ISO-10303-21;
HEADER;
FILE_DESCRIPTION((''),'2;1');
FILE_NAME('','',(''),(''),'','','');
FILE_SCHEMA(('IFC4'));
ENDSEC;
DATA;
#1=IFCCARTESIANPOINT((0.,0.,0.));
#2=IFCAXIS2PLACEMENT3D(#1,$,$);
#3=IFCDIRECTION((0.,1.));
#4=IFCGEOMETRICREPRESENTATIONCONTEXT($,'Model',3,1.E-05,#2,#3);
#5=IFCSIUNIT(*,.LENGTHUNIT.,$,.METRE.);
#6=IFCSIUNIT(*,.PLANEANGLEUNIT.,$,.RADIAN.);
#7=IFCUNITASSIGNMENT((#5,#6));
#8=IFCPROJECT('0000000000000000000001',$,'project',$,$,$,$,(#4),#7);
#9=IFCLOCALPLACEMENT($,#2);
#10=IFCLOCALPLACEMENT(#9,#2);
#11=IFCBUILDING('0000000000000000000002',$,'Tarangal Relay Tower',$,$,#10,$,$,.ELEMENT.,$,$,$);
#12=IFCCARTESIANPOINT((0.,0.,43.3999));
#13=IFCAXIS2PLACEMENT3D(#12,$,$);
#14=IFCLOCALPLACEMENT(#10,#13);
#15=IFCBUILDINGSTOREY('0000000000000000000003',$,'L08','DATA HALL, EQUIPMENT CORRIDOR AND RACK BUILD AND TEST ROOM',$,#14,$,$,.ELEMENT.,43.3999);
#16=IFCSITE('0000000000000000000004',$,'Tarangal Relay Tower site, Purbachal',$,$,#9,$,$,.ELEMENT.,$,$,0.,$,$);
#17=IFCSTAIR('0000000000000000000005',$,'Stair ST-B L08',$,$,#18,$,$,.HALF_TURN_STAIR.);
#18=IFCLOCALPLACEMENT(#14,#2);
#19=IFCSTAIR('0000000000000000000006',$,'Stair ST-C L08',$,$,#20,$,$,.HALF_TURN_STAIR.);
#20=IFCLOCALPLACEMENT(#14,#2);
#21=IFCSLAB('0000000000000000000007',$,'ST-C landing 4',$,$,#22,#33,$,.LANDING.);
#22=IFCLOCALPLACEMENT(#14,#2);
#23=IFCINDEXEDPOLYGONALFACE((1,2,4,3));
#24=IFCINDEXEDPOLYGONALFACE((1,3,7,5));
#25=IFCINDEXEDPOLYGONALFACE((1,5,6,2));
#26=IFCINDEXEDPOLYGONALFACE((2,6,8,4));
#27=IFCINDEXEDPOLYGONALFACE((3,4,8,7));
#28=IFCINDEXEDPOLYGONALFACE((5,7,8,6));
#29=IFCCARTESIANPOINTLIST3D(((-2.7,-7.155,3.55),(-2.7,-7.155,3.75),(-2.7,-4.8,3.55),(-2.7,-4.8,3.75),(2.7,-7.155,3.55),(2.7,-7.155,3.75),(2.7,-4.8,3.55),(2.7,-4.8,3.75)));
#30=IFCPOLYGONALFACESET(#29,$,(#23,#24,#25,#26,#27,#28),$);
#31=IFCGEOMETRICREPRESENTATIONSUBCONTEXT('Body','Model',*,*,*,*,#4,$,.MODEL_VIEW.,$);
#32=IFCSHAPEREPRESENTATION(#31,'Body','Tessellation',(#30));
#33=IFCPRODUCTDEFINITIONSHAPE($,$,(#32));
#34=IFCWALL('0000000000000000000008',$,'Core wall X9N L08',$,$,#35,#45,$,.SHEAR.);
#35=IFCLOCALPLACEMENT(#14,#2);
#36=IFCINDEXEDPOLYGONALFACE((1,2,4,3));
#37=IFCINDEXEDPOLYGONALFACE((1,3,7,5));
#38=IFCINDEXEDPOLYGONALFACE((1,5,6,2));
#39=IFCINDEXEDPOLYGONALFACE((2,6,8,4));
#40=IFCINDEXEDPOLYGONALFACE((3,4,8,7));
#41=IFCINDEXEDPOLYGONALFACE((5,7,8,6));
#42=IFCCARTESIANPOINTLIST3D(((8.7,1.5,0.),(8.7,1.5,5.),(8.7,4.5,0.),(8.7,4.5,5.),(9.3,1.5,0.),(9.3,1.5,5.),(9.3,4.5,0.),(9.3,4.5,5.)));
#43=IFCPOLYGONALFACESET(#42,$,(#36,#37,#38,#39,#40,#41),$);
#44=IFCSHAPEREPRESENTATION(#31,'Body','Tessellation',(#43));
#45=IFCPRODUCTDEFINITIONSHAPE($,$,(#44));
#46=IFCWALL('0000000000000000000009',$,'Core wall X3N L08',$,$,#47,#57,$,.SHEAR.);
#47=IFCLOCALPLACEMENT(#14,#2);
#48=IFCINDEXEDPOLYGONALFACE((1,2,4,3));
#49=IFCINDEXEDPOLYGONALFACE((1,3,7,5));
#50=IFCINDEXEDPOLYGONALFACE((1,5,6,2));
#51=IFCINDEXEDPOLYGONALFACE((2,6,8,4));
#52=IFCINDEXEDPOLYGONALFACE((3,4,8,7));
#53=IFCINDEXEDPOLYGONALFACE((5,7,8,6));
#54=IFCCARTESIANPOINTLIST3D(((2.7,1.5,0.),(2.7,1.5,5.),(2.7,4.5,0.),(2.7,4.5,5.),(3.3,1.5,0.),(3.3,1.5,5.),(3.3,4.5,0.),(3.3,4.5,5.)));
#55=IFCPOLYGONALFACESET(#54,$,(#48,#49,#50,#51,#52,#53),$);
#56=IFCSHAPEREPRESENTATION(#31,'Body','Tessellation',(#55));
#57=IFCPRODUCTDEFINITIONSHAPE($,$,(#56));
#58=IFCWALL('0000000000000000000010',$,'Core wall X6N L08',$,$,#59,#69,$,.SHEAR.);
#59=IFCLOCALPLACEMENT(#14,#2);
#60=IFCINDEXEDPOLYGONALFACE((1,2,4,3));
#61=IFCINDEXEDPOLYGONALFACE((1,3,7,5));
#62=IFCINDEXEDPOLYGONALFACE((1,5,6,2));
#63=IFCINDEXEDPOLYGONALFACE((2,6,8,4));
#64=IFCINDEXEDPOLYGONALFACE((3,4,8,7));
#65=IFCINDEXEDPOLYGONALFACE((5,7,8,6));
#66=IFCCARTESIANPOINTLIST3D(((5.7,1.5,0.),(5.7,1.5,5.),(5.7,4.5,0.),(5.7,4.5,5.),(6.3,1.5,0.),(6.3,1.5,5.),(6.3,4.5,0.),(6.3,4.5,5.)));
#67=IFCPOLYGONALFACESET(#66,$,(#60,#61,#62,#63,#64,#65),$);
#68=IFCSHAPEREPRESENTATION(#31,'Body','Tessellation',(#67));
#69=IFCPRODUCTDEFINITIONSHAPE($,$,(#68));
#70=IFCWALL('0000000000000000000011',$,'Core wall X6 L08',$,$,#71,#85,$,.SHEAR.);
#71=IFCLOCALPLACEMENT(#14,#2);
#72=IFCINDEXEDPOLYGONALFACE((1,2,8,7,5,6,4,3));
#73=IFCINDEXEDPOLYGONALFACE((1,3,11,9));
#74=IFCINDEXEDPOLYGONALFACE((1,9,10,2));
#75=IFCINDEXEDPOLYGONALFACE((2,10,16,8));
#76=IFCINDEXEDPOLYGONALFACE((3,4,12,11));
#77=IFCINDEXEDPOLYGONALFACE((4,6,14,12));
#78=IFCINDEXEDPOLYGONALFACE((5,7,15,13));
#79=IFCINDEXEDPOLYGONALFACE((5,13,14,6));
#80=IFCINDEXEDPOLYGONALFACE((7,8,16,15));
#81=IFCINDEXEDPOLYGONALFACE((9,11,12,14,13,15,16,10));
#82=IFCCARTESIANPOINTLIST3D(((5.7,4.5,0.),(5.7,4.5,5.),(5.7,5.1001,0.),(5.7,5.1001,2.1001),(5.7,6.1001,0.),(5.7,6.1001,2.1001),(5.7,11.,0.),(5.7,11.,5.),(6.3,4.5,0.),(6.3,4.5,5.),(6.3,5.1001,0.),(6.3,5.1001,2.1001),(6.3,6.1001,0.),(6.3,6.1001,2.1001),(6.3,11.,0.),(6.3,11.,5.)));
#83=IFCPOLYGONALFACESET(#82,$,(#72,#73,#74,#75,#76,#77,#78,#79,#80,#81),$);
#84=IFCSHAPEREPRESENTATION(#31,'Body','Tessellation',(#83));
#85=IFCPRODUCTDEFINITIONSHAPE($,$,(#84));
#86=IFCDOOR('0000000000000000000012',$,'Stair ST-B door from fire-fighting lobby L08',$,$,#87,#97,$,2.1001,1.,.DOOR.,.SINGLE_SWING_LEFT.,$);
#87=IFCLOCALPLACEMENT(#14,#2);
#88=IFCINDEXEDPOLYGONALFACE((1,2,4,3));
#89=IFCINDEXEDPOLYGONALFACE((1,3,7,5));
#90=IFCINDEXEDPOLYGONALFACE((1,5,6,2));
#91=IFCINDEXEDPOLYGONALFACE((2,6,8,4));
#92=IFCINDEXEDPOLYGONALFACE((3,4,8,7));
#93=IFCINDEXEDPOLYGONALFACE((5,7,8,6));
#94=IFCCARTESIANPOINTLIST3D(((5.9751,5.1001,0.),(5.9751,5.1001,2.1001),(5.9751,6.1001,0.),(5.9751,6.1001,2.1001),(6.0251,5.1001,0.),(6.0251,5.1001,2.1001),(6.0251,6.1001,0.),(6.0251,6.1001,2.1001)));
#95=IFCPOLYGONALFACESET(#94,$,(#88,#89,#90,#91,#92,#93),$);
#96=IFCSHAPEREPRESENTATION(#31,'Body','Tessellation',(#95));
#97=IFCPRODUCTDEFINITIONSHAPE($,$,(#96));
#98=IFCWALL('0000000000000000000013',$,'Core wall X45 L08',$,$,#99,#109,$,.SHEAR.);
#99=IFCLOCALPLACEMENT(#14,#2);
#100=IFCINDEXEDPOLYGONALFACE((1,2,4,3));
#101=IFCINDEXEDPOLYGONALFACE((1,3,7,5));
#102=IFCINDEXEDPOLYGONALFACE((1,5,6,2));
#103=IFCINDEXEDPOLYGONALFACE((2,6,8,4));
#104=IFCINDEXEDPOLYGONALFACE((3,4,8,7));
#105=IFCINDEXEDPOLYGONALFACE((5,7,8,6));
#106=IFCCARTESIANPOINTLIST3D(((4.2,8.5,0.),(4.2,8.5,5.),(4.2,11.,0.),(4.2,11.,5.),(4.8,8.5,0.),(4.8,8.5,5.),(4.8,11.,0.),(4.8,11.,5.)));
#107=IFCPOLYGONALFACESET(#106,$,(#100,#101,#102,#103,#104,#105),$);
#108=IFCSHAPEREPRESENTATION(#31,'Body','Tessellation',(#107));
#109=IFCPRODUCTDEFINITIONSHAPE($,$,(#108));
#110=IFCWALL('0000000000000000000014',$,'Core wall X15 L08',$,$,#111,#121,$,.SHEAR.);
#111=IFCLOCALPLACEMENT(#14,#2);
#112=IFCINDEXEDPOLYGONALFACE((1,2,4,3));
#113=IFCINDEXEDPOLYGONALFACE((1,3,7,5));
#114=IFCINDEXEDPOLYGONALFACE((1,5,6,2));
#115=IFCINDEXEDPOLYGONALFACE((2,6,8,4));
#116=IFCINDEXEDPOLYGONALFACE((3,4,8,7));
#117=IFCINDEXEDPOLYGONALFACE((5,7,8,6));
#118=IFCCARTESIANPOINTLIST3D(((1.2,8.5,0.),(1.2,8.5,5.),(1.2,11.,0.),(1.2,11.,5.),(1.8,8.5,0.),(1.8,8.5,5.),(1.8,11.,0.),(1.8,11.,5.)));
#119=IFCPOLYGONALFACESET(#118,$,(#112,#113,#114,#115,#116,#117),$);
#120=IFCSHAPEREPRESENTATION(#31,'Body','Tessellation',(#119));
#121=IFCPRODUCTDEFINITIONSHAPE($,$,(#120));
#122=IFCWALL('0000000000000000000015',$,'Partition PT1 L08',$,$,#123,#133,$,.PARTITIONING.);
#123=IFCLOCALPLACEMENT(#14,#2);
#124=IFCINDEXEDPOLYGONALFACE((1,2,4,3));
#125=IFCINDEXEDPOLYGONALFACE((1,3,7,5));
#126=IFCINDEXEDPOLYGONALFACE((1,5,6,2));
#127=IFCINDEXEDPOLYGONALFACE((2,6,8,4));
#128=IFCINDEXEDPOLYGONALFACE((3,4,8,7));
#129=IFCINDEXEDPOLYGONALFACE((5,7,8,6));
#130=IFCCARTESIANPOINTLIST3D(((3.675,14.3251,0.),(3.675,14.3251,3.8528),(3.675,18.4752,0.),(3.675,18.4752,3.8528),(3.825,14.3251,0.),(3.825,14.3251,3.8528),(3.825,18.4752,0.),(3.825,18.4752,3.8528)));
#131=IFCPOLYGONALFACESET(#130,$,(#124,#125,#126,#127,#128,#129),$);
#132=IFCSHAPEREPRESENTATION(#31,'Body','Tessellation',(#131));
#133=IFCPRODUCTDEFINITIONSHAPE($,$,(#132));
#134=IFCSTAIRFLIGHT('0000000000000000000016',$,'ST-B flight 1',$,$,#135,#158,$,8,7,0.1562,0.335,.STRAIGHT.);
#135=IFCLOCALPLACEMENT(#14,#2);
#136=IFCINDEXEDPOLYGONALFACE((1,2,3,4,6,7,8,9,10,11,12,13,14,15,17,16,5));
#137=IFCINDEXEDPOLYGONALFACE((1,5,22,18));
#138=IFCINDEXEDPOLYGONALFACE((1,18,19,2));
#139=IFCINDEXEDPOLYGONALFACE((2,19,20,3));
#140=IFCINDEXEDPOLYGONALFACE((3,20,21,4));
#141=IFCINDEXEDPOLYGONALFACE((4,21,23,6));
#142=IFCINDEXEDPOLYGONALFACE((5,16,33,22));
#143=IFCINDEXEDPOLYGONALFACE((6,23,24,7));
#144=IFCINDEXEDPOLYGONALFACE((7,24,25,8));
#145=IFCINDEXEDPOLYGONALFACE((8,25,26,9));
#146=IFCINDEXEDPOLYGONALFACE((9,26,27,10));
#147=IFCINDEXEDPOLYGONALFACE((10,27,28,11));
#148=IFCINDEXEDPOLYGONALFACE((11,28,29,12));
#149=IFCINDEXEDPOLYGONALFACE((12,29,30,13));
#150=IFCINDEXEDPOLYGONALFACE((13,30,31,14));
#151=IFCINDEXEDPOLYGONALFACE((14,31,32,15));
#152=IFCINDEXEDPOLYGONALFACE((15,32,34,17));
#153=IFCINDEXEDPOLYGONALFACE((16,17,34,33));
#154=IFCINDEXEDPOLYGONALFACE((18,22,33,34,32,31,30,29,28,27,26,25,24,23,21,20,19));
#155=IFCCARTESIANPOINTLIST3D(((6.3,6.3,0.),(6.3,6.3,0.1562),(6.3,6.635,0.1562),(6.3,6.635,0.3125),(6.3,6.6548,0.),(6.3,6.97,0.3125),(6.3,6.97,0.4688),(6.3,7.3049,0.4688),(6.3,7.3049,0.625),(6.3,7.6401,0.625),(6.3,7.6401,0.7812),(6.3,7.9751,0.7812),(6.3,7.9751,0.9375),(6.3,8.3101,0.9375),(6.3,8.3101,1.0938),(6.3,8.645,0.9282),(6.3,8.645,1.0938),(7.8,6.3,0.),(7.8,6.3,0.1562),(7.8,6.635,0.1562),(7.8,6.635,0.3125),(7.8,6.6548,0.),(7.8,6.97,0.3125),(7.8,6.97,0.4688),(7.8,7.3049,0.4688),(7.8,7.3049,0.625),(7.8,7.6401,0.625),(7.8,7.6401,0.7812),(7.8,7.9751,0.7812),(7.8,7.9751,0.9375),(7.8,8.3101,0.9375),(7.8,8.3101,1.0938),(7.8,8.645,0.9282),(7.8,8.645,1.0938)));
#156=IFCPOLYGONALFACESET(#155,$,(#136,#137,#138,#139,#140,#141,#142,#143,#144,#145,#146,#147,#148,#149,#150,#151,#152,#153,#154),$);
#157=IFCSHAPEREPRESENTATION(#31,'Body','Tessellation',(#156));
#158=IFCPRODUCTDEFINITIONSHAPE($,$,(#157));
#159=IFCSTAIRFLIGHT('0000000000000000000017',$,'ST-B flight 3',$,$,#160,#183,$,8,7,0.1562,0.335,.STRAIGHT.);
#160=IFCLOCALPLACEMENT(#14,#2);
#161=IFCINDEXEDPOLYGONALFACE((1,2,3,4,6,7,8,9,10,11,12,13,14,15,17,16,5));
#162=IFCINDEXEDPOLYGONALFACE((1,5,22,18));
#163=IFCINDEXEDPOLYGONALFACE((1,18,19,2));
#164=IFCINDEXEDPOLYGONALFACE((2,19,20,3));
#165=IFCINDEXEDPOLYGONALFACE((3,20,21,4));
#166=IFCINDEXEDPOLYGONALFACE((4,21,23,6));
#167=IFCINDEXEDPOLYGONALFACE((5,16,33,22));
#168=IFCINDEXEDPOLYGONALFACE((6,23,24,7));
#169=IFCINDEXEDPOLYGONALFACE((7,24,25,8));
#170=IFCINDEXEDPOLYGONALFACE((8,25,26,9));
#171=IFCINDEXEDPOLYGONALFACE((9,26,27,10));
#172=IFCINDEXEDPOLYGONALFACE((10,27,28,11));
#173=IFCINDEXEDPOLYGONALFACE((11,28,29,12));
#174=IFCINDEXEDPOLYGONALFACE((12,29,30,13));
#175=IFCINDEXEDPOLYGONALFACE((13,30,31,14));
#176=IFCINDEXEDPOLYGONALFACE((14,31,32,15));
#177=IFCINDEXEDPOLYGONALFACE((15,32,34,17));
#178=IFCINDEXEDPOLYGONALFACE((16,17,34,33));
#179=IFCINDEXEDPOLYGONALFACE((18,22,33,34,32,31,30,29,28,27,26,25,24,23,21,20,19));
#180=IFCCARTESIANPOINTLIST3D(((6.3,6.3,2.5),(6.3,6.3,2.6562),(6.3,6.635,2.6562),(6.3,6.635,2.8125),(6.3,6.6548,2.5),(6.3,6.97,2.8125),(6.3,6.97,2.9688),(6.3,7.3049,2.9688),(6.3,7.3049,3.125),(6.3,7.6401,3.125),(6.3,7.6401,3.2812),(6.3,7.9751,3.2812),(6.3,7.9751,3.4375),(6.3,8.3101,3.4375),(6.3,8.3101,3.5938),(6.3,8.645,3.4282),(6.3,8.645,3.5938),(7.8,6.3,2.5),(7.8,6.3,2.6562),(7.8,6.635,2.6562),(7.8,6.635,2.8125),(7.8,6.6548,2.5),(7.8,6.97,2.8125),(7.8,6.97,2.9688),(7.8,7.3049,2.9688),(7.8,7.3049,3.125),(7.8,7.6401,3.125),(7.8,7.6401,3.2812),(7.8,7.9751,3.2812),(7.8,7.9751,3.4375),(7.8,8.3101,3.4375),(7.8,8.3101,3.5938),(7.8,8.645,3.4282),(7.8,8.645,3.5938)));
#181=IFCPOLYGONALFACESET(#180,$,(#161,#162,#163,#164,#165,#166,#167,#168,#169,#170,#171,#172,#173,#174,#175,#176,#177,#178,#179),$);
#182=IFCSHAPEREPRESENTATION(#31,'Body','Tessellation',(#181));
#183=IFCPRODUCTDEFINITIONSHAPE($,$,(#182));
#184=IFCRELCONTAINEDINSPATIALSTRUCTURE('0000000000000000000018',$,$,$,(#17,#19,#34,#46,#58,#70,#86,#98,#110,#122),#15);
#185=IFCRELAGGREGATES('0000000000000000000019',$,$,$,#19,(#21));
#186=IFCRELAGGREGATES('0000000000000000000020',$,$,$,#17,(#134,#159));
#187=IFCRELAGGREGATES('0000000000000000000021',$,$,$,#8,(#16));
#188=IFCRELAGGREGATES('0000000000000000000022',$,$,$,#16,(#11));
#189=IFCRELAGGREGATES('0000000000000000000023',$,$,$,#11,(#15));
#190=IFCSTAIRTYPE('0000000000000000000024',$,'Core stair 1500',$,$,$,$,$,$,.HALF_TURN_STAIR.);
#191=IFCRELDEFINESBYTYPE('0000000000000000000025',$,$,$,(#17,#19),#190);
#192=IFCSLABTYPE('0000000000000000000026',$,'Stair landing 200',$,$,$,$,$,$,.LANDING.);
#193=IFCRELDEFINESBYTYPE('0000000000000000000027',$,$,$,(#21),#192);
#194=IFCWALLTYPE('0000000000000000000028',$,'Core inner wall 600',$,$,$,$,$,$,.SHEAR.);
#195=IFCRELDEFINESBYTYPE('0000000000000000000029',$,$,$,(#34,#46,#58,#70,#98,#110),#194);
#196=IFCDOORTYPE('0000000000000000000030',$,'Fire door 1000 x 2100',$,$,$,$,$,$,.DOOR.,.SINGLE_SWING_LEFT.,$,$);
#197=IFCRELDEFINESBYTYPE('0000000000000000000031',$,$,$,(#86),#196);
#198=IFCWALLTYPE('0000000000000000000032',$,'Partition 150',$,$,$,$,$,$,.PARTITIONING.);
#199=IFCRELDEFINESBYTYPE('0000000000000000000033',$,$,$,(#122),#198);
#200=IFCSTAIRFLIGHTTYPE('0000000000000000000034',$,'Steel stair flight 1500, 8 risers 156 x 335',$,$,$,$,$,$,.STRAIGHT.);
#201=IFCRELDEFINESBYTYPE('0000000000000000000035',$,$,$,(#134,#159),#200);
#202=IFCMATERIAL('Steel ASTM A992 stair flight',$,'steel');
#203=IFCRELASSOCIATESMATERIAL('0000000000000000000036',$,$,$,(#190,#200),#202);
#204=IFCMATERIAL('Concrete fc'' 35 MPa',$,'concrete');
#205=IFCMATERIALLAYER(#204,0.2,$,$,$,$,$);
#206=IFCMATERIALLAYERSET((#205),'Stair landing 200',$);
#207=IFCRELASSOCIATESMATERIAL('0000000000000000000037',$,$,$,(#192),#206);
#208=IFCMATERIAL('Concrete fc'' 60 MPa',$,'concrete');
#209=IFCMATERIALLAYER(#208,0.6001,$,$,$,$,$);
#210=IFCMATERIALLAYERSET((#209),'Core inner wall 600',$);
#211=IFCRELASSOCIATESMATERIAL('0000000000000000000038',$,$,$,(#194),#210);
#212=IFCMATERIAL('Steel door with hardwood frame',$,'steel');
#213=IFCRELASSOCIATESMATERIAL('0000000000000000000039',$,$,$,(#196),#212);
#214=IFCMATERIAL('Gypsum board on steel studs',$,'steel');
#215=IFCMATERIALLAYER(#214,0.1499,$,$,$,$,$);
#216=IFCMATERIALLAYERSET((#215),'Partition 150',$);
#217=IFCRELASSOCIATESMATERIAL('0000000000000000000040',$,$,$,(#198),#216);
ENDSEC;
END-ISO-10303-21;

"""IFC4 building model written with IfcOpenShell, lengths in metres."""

from ifc_helpers import new_model, si_unit, direction, frame, frame_2d, origin, place, context, subcontext, project, spatial, polyline, rectangle, outline, extrude, material, layer, layer_set, type_object, element, fill, aggregate, save


model = new_model("IFC4")

# Units and contexts
model_context = context("Model", 3, precision=1e-05, world=origin(), true_north=direction((0.0, 1.0)))
body_context = subcontext(model_context, "Body", "Model", "MODEL_VIEW")
ifc_project = project(units=[si_unit("LENGTHUNIT", "METRE"), si_unit("PLANEANGLEUNIT", "RADIAN")], contexts=[model_context])

# Site, building, storey
site_placement = place(None, origin())
site = spatial("IfcSite", under=ifc_project, at=site_placement, Name="Tarangal Relay Tower site, Purbachal", CompositionType="ELEMENT", RefElevation=0.0)
building_placement = place(site_placement, origin())
building = spatial("IfcBuilding", under=site, at=building_placement, Name="Tarangal Relay Tower", CompositionType="ELEMENT")
storey_placement = place(building_placement, frame((0.0, 0.0, 43.3999)))
storey = spatial("IfcBuildingStorey", under=building, at=storey_placement, Name="L08", Description="DATA HALL, EQUIPMENT CORRIDOR AND RACK BUILD AND TEST ROOM", CompositionType="ELEMENT", Elevation=43.3999)

# Shared definitions
ifc_material_1 = material(Name="Steel ASTM A992 stair flight", Category="steel")
stair_type = type_object("IfcStairType", Name="Core stair 1500", PredefinedType="HALF_TURN_STAIR", material=ifc_material_1)
ifc_material_2 = material(Name="Concrete fc' 35 MPa", Category="concrete")
ifc_layer_1 = layer(ifc_material_2, 0.2)
ifc_layer_set_1 = layer_set([ifc_layer_1], Name="Stair landing 200")
slab_type = type_object("IfcSlabType", Name="Stair landing 200", PredefinedType="LANDING", material=ifc_layer_set_1)

# Stairs, slab
stair_1_placement = place(storey_placement, origin())
stair_1 = element("IfcStair", 1, at=stair_1_placement, inside=storey, type_object=stair_type, Name="Stair ST-B L08", PredefinedType="HALF_TURN_STAIR")
stair_2_placement = place(storey_placement, origin())
stair_2 = element("IfcStair", 2, at=stair_2_placement, inside=storey, type_object=stair_type, Name="Stair ST-C L08", PredefinedType="HALF_TURN_STAIR")
slab_1_placement = place(storey_placement, frame((0.0, 0.0, 3.55)))
slab_1 = element("IfcSlab", 3, at=slab_1_placement, type_object=slab_type, Name="ST-C landing 4", PredefinedType="LANDING", context=body_context, shape_type="SweptSolid", body=[
    extrude(outline(polyline([(-2.7, -7.155), (2.7, -7.155), (2.7, -4.8), (-2.7, -4.8), (-2.7, -7.155)])), origin(), (0.0, 0.0, 1.0), 0.2),
])
aggregate(stair_2, [slab_1])

# Walls
ifc_material_3 = material(Name="Concrete fc' 60 MPa", Category="concrete")
ifc_layer_2 = layer(ifc_material_3, 0.6001)
ifc_layer_set_2 = layer_set([ifc_layer_2], Name="Core inner wall 600")
wall_type_1 = type_object("IfcWallType", Name="Core inner wall 600", PredefinedType="SHEAR", material=ifc_layer_set_2)
for number, where, z_axis, x_axis, name in (
    (4, (9.0, 1.5, 0.0), (0.0, 0.0, 1.0), (0.0, 1.0, 0.0), "Core wall X9N L08"),
    (5, (3.0, 1.5, 0.0), (0.0, 0.0, 1.0), (0.0, 1.0, 0.0), "Core wall X3N L08"),
    (6, (6.0, 1.5, 0.0), (0.0, 0.0, 1.0), (0.0, 1.0, 0.0), "Core wall X6N L08"),
):
    element("IfcWall", number, at=place(storey_placement, frame(where, z_axis=z_axis, x_axis=x_axis)), inside=storey, type_object=wall_type_1, Name=name, PredefinedType="SHEAR", context=body_context, shape_type="SweptSolid", body=[
        extrude(rectangle(XDim=3.0, YDim=0.6001, at=frame_2d((1.5, 0.0))), origin(), (0.0, 0.0, 1.0), 5.0),
    ])

# Wall, opening, door
wall_1_placement = place(storey_placement, frame((6.0, 4.5, 0.0), z_axis=(0.0, 0.0, 1.0), x_axis=(0.0, 1.0, 0.0)))
wall_1 = element("IfcWall", 7, at=wall_1_placement, inside=storey, type_object=wall_type_1, Name="Core wall X6 L08", PredefinedType="SHEAR", context=body_context, shape_type="SweptSolid", body=[
    extrude(rectangle(XDim=6.5, YDim=0.6001, at=frame_2d((3.25, 0.0))), origin(), (0.0, 0.0, 1.0), 5.0),
])
opening_placement = place(wall_1_placement, frame((0.6001, 0.0, 0.0)))
opening = element("IfcOpeningElement", 8, at=opening_placement, cuts=wall_1, PredefinedType="OPENING", context=body_context, shape_type="SweptSolid", body=[
    extrude(rectangle(XDim=1.0, YDim=2.1001, at=frame_2d((0.5, 1.05))), frame((0.0, 0.3101, 0.0), z_axis=(0.0, -1.0, 0.0), x_axis=(1.0, 0.0, 0.0)), (0.0, 0.0, 1.0), 0.6201),
])
ifc_material_4 = material(Name="Steel door with hardwood frame", Category="steel")
door_type = type_object("IfcDoorType", Name="Fire door 1000 x 2100", OperationType="SINGLE_SWING_LEFT", PredefinedType="DOOR", material=ifc_material_4)
door_placement = place(opening_placement, origin())
door = element("IfcDoor", 9, at=door_placement, inside=storey, type_object=door_type, Name="Stair ST-B door from fire-fighting lobby L08", OperationType="SINGLE_SWING_LEFT", OverallHeight=2.1001, OverallWidth=1.0, PredefinedType="DOOR", context=body_context, shape_type="SweptSolid", body=[
    extrude(rectangle(XDim=1.0, YDim=2.1001, at=frame_2d((0.5, 1.05))), frame((0.0, 0.0249, 0.0), z_axis=(0.0, -1.0, 0.0), x_axis=(1.0, 0.0, 0.0)), (0.0, 0.0, 1.0), 0.05),
])
fill(opening, door)

# Walls
for number, where, z_axis, x_axis, name in (
    (10, (4.5, 8.5, 0.0), (0.0, 0.0, 1.0), (0.0, 1.0, 0.0), "Core wall X45 L08"),
    (11, (1.5, 8.5, 0.0), (0.0, 0.0, 1.0), (0.0, 1.0, 0.0), "Core wall X15 L08"),
):
    element("IfcWall", number, at=place(storey_placement, frame(where, z_axis=z_axis, x_axis=x_axis)), inside=storey, type_object=wall_type_1, Name=name, PredefinedType="SHEAR", context=body_context, shape_type="SweptSolid", body=[
        extrude(rectangle(XDim=2.5, YDim=0.6001, at=frame_2d((1.25, 0.0))), origin(), (0.0, 0.0, 1.0), 5.0),
    ])
ifc_material_5 = material(Name="Gypsum board on steel studs", Category="steel")
ifc_layer_3 = layer(ifc_material_5, 0.1499)
ifc_layer_set_3 = layer_set([ifc_layer_3], Name="Partition 150")
wall_type_2 = type_object("IfcWallType", Name="Partition 150", PredefinedType="PARTITIONING", material=ifc_layer_set_3)
wall_2_placement = place(storey_placement, frame((3.75, 14.325, 0.0), z_axis=(0.0, 0.0, 1.0), x_axis=(0.0, 1.0, 0.0)))
element("IfcWall", 12, at=wall_2_placement, inside=storey, type_object=wall_type_2, Name="Partition PT1 L08", PredefinedType="PARTITIONING", context=body_context, shape_type="SweptSolid", body=[
    extrude(rectangle(XDim=4.1501, YDim=0.1499, at=frame_2d((2.0752, 0.0))), origin(), (0.0, 0.0, 1.0), 3.8528),
])

# Stair flights
stair_flight_type = type_object("IfcStairFlightType", Name="Steel stair flight 1500, 8 risers 156 x 335", PredefinedType="STRAIGHT", material=ifc_material_1)
stair_flight_1_placement = place(storey_placement, frame((7.05, 6.3, 0.0), z_axis=(0.0, 0.0, 1.0), x_axis=(0.0, 1.0, 0.0)))
stair_flight_1 = element("IfcStairFlight", 13, at=stair_flight_1_placement, type_object=stair_flight_type, Name="ST-B flight 1", NumberOfRisers=8, NumberOfTreads=7, PredefinedType="STRAIGHT", RiserHeight=0.1562, TreadLength=0.335, context=body_context, shape_type="SweptSolid", body=[
    extrude(outline(polyline([(0.0, 0.0), (0.0, 0.1562), (0.335, 0.1562), (0.335, 0.3125), (0.6699, 0.3125), (0.6699, 0.4688), (1.0049, 0.4688), (1.0049, 0.625), (1.3401, 0.625), (1.3401, 0.7812), (1.675, 0.7812), (1.675, 0.9375), (2.01, 0.9375), (2.01, 1.0938), (2.345, 1.0938), (2.345, 1.25), (2.345, 0.9282), (0.3547, 0.0), (0.0, 0.0)])), frame((0.0, 0.75, 0.0), z_axis=(0.0, -1.0, 0.0), x_axis=(1.0, 0.0, 0.0)), (0.0, 0.0, 1.0), 1.5),
])
stair_flight_2_placement = place(storey_placement, frame((7.05, 6.3, 2.5), z_axis=(0.0, 0.0, 1.0), x_axis=(0.0, 1.0, 0.0)))
stair_flight_2 = element("IfcStairFlight", 14, at=stair_flight_2_placement, type_object=stair_flight_type, Name="ST-B flight 3", NumberOfRisers=8, NumberOfTreads=7, PredefinedType="STRAIGHT", RiserHeight=0.1562, TreadLength=0.335, context=body_context, shape_type="SweptSolid", body=[
    extrude(outline(polyline([(0.0, 0.0), (0.0, 0.1562), (0.335, 0.1562), (0.335, 0.3125), (0.6699, 0.3125), (0.6699, 0.4688), (1.0049, 0.4688), (1.0049, 0.625), (1.3401, 0.625), (1.3401, 0.7812), (1.675, 0.7812), (1.675, 0.9375), (2.01, 0.9375), (2.01, 1.0938), (2.345, 1.0938), (2.345, 1.25), (2.345, 0.9282), (0.3547, 0.0), (0.0, 0.0)])), frame((0.0, 0.75, 0.0), z_axis=(0.0, -1.0, 0.0), x_axis=(1.0, 0.0, 0.0)), (0.0, 0.0, 1.0), 1.5),
])
aggregate(stair_1, [stair_flight_1, stair_flight_2])

save(model, "model.ifc")
